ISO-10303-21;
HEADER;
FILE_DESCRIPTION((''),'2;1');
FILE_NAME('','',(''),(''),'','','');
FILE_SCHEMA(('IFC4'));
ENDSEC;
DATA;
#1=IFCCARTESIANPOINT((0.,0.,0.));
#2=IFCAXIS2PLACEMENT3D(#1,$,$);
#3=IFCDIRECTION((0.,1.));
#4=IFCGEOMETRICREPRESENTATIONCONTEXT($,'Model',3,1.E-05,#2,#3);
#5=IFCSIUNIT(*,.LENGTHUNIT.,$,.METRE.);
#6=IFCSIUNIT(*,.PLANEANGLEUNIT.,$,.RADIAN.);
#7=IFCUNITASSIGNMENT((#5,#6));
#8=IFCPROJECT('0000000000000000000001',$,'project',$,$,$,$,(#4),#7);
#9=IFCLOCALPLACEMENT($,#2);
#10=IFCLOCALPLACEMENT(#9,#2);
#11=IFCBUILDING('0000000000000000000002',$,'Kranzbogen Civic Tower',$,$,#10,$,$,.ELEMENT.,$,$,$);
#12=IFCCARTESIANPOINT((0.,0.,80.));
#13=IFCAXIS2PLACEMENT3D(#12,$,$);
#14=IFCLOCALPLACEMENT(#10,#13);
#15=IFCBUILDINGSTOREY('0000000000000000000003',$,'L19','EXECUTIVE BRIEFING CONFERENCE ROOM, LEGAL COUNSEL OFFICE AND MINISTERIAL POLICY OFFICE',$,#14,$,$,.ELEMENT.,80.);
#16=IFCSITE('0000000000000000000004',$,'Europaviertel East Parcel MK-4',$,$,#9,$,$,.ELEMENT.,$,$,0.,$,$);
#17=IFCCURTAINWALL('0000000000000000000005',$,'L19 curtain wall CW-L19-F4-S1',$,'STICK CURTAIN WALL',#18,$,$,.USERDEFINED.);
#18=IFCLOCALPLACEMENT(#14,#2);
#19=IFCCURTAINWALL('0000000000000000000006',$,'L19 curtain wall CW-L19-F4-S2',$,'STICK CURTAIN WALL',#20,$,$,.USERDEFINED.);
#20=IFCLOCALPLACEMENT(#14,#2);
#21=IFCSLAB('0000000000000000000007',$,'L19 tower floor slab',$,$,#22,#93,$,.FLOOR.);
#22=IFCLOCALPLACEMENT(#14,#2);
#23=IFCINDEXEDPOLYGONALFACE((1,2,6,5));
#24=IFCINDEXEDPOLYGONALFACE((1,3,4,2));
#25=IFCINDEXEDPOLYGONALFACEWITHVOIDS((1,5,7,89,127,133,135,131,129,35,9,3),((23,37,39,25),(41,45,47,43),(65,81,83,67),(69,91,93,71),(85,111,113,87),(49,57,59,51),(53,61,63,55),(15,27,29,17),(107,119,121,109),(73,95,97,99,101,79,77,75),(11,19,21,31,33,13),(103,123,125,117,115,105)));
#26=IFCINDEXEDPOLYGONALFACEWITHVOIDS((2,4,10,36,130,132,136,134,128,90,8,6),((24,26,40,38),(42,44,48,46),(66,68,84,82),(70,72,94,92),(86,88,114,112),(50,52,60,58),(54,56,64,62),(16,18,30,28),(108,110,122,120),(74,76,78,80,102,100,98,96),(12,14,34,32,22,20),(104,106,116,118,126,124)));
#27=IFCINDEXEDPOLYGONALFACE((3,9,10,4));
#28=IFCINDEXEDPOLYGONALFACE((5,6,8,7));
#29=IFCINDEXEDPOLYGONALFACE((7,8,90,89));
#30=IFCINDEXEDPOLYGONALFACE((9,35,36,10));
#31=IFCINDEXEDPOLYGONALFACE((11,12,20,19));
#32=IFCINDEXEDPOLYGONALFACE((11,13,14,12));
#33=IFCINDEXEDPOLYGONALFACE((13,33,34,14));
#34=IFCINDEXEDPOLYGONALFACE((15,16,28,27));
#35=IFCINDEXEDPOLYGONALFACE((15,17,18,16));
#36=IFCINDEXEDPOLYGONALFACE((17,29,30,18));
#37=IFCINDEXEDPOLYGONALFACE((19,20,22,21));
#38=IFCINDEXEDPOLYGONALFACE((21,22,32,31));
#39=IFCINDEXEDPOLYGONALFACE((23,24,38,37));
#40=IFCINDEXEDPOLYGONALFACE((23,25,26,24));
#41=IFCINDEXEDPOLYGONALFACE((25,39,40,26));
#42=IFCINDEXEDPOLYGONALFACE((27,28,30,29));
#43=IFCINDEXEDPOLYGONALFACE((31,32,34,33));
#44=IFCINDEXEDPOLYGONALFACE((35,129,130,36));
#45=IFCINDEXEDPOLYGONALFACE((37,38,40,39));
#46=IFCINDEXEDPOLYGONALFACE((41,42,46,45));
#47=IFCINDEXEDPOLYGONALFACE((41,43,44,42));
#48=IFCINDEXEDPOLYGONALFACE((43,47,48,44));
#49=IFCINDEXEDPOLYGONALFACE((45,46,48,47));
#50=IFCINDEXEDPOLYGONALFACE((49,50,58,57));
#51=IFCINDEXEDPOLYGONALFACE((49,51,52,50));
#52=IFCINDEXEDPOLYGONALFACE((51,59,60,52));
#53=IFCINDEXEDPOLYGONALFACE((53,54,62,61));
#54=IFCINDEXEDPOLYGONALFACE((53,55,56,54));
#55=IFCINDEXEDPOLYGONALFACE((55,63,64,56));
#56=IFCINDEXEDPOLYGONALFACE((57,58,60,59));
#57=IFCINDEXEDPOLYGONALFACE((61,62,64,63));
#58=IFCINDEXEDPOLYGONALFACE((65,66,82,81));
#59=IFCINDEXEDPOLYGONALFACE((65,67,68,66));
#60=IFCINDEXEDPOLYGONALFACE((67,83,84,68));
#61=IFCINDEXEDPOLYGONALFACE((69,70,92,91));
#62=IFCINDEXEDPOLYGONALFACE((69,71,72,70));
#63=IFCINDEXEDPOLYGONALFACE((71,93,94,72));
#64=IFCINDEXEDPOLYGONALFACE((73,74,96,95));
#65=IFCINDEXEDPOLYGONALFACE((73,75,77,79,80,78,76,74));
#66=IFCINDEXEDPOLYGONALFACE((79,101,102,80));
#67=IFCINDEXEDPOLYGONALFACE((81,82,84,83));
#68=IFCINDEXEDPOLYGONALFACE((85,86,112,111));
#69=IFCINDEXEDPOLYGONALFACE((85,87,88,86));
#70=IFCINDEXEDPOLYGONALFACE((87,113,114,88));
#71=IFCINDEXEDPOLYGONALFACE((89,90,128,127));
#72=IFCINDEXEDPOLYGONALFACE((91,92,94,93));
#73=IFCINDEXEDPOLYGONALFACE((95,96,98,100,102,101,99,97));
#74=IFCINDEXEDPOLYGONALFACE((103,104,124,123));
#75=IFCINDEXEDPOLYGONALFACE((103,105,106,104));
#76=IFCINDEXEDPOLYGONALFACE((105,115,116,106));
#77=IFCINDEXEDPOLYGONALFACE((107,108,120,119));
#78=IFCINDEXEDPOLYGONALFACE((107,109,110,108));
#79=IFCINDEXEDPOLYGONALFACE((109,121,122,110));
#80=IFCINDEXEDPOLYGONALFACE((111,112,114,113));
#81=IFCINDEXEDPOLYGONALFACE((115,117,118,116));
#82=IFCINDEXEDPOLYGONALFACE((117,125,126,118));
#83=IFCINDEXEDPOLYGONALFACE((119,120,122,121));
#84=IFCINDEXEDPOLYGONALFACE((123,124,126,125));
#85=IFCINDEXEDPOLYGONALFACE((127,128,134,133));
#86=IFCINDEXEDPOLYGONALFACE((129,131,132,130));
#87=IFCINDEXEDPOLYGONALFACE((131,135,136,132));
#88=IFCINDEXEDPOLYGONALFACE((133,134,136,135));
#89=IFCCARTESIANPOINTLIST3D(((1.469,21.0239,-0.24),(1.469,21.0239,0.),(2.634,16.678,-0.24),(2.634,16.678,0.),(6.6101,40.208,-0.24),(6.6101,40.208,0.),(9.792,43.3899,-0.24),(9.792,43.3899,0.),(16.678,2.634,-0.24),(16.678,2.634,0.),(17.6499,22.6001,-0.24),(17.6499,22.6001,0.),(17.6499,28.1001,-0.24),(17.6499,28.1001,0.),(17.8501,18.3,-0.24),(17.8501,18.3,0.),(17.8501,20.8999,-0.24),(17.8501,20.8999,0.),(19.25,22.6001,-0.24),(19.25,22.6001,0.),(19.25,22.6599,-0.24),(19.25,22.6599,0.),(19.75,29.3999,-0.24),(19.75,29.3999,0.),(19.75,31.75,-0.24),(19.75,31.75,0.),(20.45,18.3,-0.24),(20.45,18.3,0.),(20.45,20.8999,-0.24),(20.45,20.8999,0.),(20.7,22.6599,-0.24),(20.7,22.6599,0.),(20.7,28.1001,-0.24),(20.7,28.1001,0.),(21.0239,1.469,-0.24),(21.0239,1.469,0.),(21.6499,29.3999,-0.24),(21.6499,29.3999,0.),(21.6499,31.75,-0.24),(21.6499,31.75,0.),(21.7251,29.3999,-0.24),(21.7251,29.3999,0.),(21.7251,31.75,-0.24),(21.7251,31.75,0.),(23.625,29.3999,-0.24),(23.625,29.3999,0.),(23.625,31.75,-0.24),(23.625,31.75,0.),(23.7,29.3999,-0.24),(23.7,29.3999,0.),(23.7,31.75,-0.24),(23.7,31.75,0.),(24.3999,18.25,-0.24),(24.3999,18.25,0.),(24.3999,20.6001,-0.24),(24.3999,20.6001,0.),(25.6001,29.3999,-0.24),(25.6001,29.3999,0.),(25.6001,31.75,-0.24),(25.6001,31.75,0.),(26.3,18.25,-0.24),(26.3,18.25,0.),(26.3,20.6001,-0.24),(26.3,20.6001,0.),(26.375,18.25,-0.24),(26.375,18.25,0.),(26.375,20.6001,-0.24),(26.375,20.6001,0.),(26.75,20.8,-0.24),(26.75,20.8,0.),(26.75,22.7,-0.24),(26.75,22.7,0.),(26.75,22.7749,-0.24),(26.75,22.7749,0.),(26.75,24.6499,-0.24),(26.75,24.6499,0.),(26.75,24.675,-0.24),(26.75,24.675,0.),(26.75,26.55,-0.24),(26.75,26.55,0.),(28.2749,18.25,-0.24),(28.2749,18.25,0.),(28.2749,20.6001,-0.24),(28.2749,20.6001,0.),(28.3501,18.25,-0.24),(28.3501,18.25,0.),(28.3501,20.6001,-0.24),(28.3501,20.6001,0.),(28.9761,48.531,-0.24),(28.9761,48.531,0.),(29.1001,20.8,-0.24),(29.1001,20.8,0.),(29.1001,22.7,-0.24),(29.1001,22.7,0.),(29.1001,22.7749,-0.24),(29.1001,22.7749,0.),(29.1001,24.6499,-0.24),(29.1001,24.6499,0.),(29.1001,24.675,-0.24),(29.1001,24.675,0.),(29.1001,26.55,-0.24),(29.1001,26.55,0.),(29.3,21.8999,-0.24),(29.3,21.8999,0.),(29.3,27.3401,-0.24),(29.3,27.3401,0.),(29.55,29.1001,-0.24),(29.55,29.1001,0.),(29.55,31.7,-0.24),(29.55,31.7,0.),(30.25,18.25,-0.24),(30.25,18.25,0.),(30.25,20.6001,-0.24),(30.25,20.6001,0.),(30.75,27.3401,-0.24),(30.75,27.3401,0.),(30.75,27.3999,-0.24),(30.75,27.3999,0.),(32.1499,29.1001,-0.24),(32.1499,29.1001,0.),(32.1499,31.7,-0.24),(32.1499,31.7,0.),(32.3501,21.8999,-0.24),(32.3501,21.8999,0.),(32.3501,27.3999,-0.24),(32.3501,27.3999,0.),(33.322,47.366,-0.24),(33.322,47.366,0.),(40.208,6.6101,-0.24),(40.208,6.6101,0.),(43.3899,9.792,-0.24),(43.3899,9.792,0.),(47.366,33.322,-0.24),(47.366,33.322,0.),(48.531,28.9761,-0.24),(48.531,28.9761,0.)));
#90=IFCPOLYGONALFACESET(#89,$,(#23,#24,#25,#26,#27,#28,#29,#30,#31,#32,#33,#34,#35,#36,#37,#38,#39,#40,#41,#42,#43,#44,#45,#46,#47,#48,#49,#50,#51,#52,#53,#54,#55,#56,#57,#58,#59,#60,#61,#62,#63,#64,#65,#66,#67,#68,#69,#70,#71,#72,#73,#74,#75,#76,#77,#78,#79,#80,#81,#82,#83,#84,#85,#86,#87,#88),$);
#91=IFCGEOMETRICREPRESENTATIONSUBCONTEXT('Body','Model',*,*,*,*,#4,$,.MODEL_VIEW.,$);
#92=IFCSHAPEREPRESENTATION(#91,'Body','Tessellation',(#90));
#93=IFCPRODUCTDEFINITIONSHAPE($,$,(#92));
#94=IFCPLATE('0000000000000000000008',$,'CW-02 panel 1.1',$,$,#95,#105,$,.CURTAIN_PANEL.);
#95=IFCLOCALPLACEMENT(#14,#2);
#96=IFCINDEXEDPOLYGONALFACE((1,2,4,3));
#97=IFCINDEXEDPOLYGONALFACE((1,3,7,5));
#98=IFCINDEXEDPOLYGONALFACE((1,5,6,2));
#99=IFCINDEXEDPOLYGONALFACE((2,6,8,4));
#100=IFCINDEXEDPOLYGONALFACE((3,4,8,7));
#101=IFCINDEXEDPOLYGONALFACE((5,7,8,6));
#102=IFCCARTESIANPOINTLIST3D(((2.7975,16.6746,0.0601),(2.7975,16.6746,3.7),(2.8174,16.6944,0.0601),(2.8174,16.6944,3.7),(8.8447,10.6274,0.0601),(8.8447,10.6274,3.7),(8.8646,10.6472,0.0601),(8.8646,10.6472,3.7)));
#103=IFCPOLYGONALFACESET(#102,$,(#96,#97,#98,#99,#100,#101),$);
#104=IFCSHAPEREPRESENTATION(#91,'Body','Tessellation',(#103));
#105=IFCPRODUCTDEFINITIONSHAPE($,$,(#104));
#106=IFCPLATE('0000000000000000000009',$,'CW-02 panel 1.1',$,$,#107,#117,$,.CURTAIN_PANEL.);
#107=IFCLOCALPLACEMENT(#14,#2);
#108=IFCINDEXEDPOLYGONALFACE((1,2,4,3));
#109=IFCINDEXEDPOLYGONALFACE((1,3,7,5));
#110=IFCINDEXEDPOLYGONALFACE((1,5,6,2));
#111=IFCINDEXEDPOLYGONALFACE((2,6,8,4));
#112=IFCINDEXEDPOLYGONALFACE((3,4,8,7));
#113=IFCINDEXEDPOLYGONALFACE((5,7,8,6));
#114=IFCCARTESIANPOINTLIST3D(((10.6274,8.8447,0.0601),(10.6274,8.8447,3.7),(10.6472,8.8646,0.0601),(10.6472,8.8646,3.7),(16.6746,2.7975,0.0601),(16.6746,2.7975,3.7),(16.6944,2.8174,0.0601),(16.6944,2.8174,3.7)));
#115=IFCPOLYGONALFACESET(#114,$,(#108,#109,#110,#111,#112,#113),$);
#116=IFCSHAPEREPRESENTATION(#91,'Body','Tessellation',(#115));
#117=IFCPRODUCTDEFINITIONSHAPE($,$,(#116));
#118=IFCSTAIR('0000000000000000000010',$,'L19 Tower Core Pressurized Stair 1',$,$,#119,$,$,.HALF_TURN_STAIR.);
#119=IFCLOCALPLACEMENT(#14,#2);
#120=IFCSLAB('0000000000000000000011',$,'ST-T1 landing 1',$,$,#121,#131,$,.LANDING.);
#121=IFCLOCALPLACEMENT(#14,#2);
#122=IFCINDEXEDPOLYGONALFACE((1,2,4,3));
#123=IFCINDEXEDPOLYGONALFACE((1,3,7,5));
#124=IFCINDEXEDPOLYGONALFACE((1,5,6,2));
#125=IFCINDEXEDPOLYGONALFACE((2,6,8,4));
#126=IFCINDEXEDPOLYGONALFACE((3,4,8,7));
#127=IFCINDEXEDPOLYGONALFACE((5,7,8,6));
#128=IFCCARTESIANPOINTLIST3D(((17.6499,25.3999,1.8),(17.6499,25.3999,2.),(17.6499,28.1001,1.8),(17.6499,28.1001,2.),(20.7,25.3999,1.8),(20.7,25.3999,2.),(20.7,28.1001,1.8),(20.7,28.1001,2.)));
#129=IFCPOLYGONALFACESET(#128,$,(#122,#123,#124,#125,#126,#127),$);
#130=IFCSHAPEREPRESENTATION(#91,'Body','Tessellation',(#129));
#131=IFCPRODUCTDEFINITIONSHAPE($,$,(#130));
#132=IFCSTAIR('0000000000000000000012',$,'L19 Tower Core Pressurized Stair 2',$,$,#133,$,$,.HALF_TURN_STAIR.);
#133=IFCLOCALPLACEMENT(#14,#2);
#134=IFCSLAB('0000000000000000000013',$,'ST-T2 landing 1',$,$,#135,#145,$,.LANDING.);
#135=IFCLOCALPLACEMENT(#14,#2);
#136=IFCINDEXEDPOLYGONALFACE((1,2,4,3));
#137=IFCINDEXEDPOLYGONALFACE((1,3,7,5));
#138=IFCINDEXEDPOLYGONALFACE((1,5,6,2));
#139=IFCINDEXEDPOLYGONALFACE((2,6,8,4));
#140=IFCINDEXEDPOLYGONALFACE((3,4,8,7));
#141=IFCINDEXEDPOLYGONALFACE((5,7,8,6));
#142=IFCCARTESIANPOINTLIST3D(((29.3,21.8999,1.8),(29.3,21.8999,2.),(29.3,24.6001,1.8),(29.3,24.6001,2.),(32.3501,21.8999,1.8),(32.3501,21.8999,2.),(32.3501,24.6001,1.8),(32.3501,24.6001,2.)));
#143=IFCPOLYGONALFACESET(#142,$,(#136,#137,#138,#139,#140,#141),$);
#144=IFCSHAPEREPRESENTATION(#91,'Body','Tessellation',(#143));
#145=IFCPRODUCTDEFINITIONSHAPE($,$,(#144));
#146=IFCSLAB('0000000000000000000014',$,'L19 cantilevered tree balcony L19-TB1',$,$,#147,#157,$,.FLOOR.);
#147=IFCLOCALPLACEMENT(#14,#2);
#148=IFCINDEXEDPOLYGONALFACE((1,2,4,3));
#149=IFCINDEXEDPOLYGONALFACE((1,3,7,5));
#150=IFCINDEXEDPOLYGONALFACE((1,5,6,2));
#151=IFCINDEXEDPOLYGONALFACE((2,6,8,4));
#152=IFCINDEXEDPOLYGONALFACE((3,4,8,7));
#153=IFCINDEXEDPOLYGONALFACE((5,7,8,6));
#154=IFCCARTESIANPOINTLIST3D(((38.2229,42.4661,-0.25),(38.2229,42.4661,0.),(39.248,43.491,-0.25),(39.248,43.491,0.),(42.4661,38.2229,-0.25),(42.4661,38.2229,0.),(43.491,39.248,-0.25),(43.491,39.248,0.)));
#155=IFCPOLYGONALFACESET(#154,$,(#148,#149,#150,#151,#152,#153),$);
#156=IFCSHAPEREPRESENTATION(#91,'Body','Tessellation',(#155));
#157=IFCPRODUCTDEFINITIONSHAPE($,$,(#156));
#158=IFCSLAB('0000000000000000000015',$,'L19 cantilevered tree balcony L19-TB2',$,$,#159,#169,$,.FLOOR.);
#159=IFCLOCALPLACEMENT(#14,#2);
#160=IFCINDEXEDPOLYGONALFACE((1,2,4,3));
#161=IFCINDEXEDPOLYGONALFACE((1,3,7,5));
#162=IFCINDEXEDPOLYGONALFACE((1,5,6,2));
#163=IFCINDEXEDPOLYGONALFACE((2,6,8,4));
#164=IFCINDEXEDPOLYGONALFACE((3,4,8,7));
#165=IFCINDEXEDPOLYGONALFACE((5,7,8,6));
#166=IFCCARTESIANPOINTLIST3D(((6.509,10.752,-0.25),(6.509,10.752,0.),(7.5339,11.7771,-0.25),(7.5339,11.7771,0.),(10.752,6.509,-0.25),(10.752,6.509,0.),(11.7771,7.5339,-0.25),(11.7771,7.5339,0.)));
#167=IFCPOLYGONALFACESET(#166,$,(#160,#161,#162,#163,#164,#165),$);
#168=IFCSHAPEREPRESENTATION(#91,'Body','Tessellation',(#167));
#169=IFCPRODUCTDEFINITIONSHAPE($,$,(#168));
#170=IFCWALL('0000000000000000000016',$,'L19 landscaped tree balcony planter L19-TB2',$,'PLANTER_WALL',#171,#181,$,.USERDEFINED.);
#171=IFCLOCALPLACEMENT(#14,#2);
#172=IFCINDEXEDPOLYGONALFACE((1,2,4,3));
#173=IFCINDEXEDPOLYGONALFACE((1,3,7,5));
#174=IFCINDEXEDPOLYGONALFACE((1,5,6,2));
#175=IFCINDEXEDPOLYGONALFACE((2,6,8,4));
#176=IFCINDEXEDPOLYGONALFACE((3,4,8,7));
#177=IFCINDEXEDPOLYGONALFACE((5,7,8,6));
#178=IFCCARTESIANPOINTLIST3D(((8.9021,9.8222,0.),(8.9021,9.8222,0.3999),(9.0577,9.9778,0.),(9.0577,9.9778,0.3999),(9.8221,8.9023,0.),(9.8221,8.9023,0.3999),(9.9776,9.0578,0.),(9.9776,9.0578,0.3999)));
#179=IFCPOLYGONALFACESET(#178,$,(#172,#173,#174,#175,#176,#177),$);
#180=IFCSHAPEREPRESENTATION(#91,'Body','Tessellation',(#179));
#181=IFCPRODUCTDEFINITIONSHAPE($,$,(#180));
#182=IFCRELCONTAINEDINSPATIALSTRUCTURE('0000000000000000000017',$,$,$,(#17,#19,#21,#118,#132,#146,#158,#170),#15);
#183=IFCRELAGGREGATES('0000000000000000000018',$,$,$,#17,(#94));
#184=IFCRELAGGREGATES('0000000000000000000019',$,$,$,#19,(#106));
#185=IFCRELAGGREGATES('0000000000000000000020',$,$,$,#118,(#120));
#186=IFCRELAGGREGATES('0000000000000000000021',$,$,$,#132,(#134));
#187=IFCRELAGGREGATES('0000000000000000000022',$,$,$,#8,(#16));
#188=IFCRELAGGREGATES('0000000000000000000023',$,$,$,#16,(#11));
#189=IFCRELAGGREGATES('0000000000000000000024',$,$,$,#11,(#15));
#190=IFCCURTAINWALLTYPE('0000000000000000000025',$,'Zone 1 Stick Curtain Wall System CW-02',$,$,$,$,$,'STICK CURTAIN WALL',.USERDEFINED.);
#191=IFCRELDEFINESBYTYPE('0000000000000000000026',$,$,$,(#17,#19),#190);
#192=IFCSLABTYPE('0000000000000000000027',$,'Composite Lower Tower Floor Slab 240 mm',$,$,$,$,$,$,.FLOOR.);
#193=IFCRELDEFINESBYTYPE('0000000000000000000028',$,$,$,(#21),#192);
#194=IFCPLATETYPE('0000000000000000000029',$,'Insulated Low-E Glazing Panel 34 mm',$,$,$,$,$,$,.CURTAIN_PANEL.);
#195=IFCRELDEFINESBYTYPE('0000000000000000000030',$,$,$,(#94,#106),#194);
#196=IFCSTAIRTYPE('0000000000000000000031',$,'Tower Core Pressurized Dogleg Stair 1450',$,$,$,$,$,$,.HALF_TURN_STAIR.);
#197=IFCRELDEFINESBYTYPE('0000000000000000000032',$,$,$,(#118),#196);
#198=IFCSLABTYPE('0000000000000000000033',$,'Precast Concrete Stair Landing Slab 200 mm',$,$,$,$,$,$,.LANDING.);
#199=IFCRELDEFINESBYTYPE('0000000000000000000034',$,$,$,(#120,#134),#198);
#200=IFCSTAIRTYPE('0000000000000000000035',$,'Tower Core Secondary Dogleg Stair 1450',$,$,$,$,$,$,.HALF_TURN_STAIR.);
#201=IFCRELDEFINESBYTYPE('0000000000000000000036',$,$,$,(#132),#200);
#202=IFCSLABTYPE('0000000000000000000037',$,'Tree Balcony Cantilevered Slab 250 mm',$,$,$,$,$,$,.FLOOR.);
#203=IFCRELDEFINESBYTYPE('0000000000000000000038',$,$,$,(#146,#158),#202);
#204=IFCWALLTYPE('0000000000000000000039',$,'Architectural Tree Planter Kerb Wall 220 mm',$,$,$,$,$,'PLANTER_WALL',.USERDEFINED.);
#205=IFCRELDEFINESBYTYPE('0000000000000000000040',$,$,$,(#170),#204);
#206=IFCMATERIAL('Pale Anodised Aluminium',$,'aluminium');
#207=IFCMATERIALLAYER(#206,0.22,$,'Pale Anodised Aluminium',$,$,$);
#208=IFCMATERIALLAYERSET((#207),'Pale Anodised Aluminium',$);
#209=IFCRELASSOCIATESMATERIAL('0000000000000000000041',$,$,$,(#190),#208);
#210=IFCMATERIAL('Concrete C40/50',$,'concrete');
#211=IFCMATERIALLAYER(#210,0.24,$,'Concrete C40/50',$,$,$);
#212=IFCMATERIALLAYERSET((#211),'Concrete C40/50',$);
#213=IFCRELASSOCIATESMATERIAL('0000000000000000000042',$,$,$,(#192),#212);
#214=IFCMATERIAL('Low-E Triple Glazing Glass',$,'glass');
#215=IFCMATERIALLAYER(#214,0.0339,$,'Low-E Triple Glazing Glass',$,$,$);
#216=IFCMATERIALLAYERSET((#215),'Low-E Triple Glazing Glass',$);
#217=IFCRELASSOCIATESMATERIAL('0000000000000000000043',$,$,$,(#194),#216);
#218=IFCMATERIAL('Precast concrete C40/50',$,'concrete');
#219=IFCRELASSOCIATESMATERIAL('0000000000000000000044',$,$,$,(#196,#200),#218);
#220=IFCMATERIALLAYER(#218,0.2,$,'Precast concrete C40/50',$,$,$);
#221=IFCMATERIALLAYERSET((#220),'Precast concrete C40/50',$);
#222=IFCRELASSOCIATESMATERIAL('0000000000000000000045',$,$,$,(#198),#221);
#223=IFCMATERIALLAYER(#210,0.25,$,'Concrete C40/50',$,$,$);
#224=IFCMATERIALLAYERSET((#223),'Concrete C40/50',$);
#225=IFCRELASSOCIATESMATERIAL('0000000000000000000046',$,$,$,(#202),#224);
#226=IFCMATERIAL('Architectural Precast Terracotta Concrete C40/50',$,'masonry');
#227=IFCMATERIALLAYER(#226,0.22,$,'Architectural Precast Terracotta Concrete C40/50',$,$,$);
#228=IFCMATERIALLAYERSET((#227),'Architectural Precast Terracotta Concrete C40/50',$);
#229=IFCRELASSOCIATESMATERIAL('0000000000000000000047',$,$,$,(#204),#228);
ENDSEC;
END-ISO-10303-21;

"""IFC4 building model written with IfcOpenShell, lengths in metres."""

from ifc_helpers import new_model, si_unit, direction, frame, frame_2d, origin, origin_2d, place, context, subcontext, project, spatial, polyline, rectangle, outline, extrude, material, layer, layer_set, type_object, element, aggregate, save


model = new_model("IFC4")

# Units and contexts
model_context = context("Model", 3, precision=1e-05, world=origin(), true_north=direction((0.0, 1.0)))
body_context = subcontext(model_context, "Body", "Model", "MODEL_VIEW")
ifc_project = project(units=[si_unit("LENGTHUNIT", "METRE"), si_unit("PLANEANGLEUNIT", "RADIAN")], contexts=[model_context])

# Site, building, storey
site_placement = place(None, origin())
site = spatial("IfcSite", under=ifc_project, at=site_placement, Name="Europaviertel East Parcel MK-4", CompositionType="ELEMENT", RefElevation=0.0)
building_placement = place(site_placement, origin())
building = spatial("IfcBuilding", under=site, at=building_placement, Name="Kranzbogen Civic Tower", CompositionType="ELEMENT")
storey_placement = place(building_placement, frame((0.0, 0.0, 80.0)))
storey = spatial("IfcBuildingStorey", under=building, at=storey_placement, Name="L19", Description="EXECUTIVE BRIEFING CONFERENCE ROOM, LEGAL COUNSEL OFFICE AND MINISTERIAL POLICY OFFICE", CompositionType="ELEMENT", Elevation=80.0)

# Curtain wall
ifc_material_1 = material(Name="Pale Anodised Aluminium", Category="aluminium")
ifc_layer_1 = layer(ifc_material_1, 0.22, Name="Pale Anodised Aluminium")
ifc_layer_set_1 = layer_set([ifc_layer_1], Name="Pale Anodised Aluminium")
curtain_wall_type = type_object("IfcCurtainWallType", Name="Zone 1 Stick Curtain Wall System CW-02", ElementType="STICK CURTAIN WALL", PredefinedType="USERDEFINED", material=ifc_layer_set_1)
curtain_wall_1_placement = place(storey_placement, origin())
curtain_wall_1 = element("IfcCurtainWall", 1, at=curtain_wall_1_placement, inside=storey, type_object=curtain_wall_type, Name="L19 curtain wall CW-L19-F4-S1", ObjectType="STICK CURTAIN WALL", PredefinedType="USERDEFINED")

# Curtain wall
curtain_wall_2_placement = place(storey_placement, origin())
curtain_wall_2 = element("IfcCurtainWall", 2, at=curtain_wall_2_placement, inside=storey, type_object=curtain_wall_type, Name="L19 curtain wall CW-L19-F4-S2", ObjectType="STICK CURTAIN WALL", PredefinedType="USERDEFINED")

# Slab
ifc_material_2 = material(Name="Concrete C40/50", Category="concrete")
ifc_layer_2 = layer(ifc_material_2, 0.24, Name="Concrete C40/50")
ifc_layer_set_2 = layer_set([ifc_layer_2], Name="Concrete C40/50")
slab_type_1 = type_object("IfcSlabType", Name="Composite Lower Tower Floor Slab 240 mm", PredefinedType="FLOOR", material=ifc_layer_set_2)
slab_1_placement = place(storey_placement, frame((0.0, 0.0, -0.24)))
element("IfcSlab", 3, at=slab_1_placement, inside=storey, type_object=slab_type_1, Name="L19 tower floor slab", PredefinedType="FLOOR", context=body_context, shape_type="SweptSolid", body=[
    extrude(outline(polyline([(47.366, 33.322), (33.322, 47.366), (28.9761, 48.531), (9.792, 43.3899), (6.6101, 40.208), (1.469, 21.0239), (2.634, 16.678), (16.678, 2.634), (21.0239, 1.469), (40.208, 6.6101), (43.3899, 9.792), (48.531, 28.9761), (47.366, 33.322)]), holes=[polyline([(26.3, 20.6001), (26.3, 18.25), (24.3999, 18.25), (24.3999, 20.6001), (26.3, 20.6001)]), polyline([(28.2749, 18.25), (26.375, 18.25), (26.375, 20.6001), (28.2749, 20.6001), (28.2749, 18.25)]), polyline([(20.45, 18.3), (17.8501, 18.3), (17.8501, 20.8999), (20.45, 20.8999), (20.45, 18.3)]), polyline([(20.7, 22.6599), (19.25, 22.6599), (19.25, 22.6001), (17.6499, 22.6001), (17.6499, 28.1001), (20.7, 28.1001), (20.7, 22.6599)]), polyline([(21.6499, 29.3999), (19.75, 29.3999), (19.75, 31.75), (21.6499, 31.75), (21.6499, 29.3999)]), polyline([(23.625, 29.3999), (21.7251, 29.3999), (21.7251, 31.75), (23.625, 31.75), (23.625, 29.3999)]), polyline([(25.6001, 31.75), (25.6001, 29.3999), (23.7, 29.3999), (23.7, 31.75), (25.6001, 31.75)]), polyline([(30.25, 18.25), (28.3501, 18.25), (28.3501, 20.6001), (30.25, 20.6001), (30.25, 18.25)]), polyline([(29.1001, 20.8), (26.75, 20.8), (26.75, 22.7), (29.1001, 22.7), (29.1001, 20.8)]), polyline([(26.75, 26.55), (29.1001, 26.55), (29.1001, 24.675), (29.1001, 24.6499), (29.1001, 22.7749), (26.75, 22.7749), (26.75, 24.6499), (26.75, 24.675), (26.75, 26.55)]), polyline([(30.75, 27.3401), (30.75, 27.3999), (32.3501, 27.3999), (32.3501, 21.8999), (29.3, 21.8999), (29.3, 27.3401), (30.75, 27.3401)]), polyline([(32.1499, 29.1001), (29.55, 29.1001), (29.55, 31.7), (32.1499, 31.7), (32.1499, 29.1001)])]), origin(), (0.0, 0.0, 1.0), 0.24),
])

# Plates
ifc_material_3 = material(Name="Low-E Triple Glazing Glass", Category="glass")
ifc_layer_3 = layer(ifc_material_3, 0.0339, Name="Low-E Triple Glazing Glass")
ifc_layer_set_3 = layer_set([ifc_layer_3], Name="Low-E Triple Glazing Glass")
plate_type = type_object("IfcPlateType", Name="Insulated Low-E Glazing Panel 34 mm", PredefinedType="CURTAIN_PANEL", material=ifc_layer_set_3)
plate_1_placement = place(storey_placement, frame((5.8311, 13.6609, 0.0601), z_axis=(0.0, 0.0, 1.0), x_axis=(0.707107, -0.707107, 0.0)))
plate_1 = element("IfcPlate", 4, at=plate_1_placement, type_object=plate_type, Name="CW-02 panel 1.1", PredefinedType="CURTAIN_PANEL", context=body_context, shape_type="SweptSolid", body=[
    extrude(rectangle(XDim=8.552, YDim=0.0281, at=origin_2d()), origin(), (0.0, 0.0, 1.0), 3.6399),
])
aggregate(curtain_wall_1, [plate_1])
plate_2_placement = place(storey_placement, frame((13.6609, 5.8311, 0.0601), z_axis=(0.0, 0.0, 1.0), x_axis=(0.707107, -0.707107, 0.0)))
plate_2 = element("IfcPlate", 5, at=plate_2_placement, type_object=plate_type, Name="CW-02 panel 1.1", PredefinedType="CURTAIN_PANEL", context=body_context, shape_type="SweptSolid", body=[
    extrude(rectangle(XDim=8.552, YDim=0.0281, at=origin_2d()), origin(), (0.0, 0.0, 1.0), 3.6399),
])
aggregate(curtain_wall_2, [plate_2])

# Stairs, slabs
ifc_material_4 = material(Name="Precast concrete C40/50", Category="concrete")
stair_type_1 = type_object("IfcStairType", Name="Tower Core Pressurized Dogleg Stair 1450", PredefinedType="HALF_TURN_STAIR", material=ifc_material_4)
stair_1_placement = place(storey_placement, origin())
stair_1 = element("IfcStair", 6, at=stair_1_placement, inside=storey, type_object=stair_type_1, Name="L19 Tower Core Pressurized Stair 1", PredefinedType="HALF_TURN_STAIR")
ifc_layer_4 = layer(ifc_material_4, 0.2, Name="Precast concrete C40/50")
ifc_layer_set_4 = layer_set([ifc_layer_4], Name="Precast concrete C40/50")
slab_type_2 = type_object("IfcSlabType", Name="Precast Concrete Stair Landing Slab 200 mm", PredefinedType="LANDING", material=ifc_layer_set_4)
slab_2_placement = place(storey_placement, frame((0.0, 0.0, 1.8)))
slab_2 = element("IfcSlab", 7, at=slab_2_placement, type_object=slab_type_2, Name="ST-T1 landing 1", PredefinedType="LANDING", context=body_context, shape_type="SweptSolid", body=[
    extrude(outline(polyline([(20.7, 25.3999), (20.7, 28.1001), (17.6499, 28.1001), (17.6499, 25.3999), (20.7, 25.3999)])), origin(), (0.0, 0.0, 1.0), 0.2),
])
aggregate(stair_1, [slab_2])
stair_type_2 = type_object("IfcStairType", Name="Tower Core Secondary Dogleg Stair 1450", PredefinedType="HALF_TURN_STAIR", material=ifc_material_4)
stair_2_placement = place(storey_placement, origin())
stair_2 = element("IfcStair", 8, at=stair_2_placement, inside=storey, type_object=stair_type_2, Name="L19 Tower Core Pressurized Stair 2", PredefinedType="HALF_TURN_STAIR")
slab_3_placement = place(storey_placement, frame((0.0, 0.0, 1.8)))
slab_3 = element("IfcSlab", 9, at=slab_3_placement, type_object=slab_type_2, Name="ST-T2 landing 1", PredefinedType="LANDING", context=body_context, shape_type="SweptSolid", body=[
    extrude(outline(polyline([(29.3, 24.6001), (29.3, 21.8999), (32.3501, 21.8999), (32.3501, 24.6001), (29.3, 24.6001)])), origin(), (0.0, 0.0, 1.0), 0.2),
])
aggregate(stair_2, [slab_3])

# Slabs
ifc_layer_5 = layer(ifc_material_2, 0.25, Name="Concrete C40/50")
ifc_layer_set_5 = layer_set([ifc_layer_5], Name="Concrete C40/50")
slab_type_3 = type_object("IfcSlabType", Name="Tree Balcony Cantilevered Slab 250 mm", PredefinedType="FLOOR", material=ifc_layer_set_5)
slab_4_placement = place(storey_placement, frame((0.0, 0.0, -0.25)))
element("IfcSlab", 10, at=slab_4_placement, inside=storey, type_object=slab_type_3, Name="L19 cantilevered tree balcony L19-TB1", PredefinedType="FLOOR", context=body_context, shape_type="SweptSolid", body=[
    extrude(outline(polyline([(42.4661, 38.2229), (38.2229, 42.4661), (39.248, 43.491), (43.491, 39.248), (42.4661, 38.2229)])), origin(), (0.0, 0.0, 1.0), 0.25),
])
slab_5_placement = place(storey_placement, frame((0.0, 0.0, -0.25)))
element("IfcSlab", 11, at=slab_5_placement, inside=storey, type_object=slab_type_3, Name="L19 cantilevered tree balcony L19-TB2", PredefinedType="FLOOR", context=body_context, shape_type="SweptSolid", body=[
    extrude(outline(polyline([(7.5339, 11.7771), (11.7771, 7.5339), (10.752, 6.509), (6.509, 10.752), (7.5339, 11.7771)])), origin(), (0.0, 0.0, 1.0), 0.25),
])

# Wall
ifc_material_5 = material(Name="Architectural Precast Terracotta Concrete C40/50", Category="masonry")
ifc_layer_6 = layer(ifc_material_5, 0.22, Name="Architectural Precast Terracotta Concrete C40/50")
ifc_layer_set_6 = layer_set([ifc_layer_6], Name="Architectural Precast Terracotta Concrete C40/50")
wall_type_1 = type_object("IfcWallType", Name="Architectural Tree Planter Kerb Wall 220 mm", ElementType="PLANTER_WALL", PredefinedType="USERDEFINED", material=ifc_layer_set_6)
wall_1_placement = place(storey_placement, frame((8.98, 9.8999, 0.0), z_axis=(0.0, 0.0, 1.0), x_axis=(0.707107, -0.707107, 0.0)))
element("IfcWall", 12, at=wall_1_placement, inside=storey, type_object=wall_type_1, Name="L19 landscaped tree balcony planter L19-TB2", ObjectType="PLANTER_WALL", PredefinedType="USERDEFINED", context=body_context, shape_type="SweptSolid", body=[
    extrude(rectangle(XDim=1.301, YDim=0.22, at=frame_2d((0.6504, 0.0))), origin(), (0.0, 0.0, 1.0), 0.3999),
])

save(model, "model.ifc")
